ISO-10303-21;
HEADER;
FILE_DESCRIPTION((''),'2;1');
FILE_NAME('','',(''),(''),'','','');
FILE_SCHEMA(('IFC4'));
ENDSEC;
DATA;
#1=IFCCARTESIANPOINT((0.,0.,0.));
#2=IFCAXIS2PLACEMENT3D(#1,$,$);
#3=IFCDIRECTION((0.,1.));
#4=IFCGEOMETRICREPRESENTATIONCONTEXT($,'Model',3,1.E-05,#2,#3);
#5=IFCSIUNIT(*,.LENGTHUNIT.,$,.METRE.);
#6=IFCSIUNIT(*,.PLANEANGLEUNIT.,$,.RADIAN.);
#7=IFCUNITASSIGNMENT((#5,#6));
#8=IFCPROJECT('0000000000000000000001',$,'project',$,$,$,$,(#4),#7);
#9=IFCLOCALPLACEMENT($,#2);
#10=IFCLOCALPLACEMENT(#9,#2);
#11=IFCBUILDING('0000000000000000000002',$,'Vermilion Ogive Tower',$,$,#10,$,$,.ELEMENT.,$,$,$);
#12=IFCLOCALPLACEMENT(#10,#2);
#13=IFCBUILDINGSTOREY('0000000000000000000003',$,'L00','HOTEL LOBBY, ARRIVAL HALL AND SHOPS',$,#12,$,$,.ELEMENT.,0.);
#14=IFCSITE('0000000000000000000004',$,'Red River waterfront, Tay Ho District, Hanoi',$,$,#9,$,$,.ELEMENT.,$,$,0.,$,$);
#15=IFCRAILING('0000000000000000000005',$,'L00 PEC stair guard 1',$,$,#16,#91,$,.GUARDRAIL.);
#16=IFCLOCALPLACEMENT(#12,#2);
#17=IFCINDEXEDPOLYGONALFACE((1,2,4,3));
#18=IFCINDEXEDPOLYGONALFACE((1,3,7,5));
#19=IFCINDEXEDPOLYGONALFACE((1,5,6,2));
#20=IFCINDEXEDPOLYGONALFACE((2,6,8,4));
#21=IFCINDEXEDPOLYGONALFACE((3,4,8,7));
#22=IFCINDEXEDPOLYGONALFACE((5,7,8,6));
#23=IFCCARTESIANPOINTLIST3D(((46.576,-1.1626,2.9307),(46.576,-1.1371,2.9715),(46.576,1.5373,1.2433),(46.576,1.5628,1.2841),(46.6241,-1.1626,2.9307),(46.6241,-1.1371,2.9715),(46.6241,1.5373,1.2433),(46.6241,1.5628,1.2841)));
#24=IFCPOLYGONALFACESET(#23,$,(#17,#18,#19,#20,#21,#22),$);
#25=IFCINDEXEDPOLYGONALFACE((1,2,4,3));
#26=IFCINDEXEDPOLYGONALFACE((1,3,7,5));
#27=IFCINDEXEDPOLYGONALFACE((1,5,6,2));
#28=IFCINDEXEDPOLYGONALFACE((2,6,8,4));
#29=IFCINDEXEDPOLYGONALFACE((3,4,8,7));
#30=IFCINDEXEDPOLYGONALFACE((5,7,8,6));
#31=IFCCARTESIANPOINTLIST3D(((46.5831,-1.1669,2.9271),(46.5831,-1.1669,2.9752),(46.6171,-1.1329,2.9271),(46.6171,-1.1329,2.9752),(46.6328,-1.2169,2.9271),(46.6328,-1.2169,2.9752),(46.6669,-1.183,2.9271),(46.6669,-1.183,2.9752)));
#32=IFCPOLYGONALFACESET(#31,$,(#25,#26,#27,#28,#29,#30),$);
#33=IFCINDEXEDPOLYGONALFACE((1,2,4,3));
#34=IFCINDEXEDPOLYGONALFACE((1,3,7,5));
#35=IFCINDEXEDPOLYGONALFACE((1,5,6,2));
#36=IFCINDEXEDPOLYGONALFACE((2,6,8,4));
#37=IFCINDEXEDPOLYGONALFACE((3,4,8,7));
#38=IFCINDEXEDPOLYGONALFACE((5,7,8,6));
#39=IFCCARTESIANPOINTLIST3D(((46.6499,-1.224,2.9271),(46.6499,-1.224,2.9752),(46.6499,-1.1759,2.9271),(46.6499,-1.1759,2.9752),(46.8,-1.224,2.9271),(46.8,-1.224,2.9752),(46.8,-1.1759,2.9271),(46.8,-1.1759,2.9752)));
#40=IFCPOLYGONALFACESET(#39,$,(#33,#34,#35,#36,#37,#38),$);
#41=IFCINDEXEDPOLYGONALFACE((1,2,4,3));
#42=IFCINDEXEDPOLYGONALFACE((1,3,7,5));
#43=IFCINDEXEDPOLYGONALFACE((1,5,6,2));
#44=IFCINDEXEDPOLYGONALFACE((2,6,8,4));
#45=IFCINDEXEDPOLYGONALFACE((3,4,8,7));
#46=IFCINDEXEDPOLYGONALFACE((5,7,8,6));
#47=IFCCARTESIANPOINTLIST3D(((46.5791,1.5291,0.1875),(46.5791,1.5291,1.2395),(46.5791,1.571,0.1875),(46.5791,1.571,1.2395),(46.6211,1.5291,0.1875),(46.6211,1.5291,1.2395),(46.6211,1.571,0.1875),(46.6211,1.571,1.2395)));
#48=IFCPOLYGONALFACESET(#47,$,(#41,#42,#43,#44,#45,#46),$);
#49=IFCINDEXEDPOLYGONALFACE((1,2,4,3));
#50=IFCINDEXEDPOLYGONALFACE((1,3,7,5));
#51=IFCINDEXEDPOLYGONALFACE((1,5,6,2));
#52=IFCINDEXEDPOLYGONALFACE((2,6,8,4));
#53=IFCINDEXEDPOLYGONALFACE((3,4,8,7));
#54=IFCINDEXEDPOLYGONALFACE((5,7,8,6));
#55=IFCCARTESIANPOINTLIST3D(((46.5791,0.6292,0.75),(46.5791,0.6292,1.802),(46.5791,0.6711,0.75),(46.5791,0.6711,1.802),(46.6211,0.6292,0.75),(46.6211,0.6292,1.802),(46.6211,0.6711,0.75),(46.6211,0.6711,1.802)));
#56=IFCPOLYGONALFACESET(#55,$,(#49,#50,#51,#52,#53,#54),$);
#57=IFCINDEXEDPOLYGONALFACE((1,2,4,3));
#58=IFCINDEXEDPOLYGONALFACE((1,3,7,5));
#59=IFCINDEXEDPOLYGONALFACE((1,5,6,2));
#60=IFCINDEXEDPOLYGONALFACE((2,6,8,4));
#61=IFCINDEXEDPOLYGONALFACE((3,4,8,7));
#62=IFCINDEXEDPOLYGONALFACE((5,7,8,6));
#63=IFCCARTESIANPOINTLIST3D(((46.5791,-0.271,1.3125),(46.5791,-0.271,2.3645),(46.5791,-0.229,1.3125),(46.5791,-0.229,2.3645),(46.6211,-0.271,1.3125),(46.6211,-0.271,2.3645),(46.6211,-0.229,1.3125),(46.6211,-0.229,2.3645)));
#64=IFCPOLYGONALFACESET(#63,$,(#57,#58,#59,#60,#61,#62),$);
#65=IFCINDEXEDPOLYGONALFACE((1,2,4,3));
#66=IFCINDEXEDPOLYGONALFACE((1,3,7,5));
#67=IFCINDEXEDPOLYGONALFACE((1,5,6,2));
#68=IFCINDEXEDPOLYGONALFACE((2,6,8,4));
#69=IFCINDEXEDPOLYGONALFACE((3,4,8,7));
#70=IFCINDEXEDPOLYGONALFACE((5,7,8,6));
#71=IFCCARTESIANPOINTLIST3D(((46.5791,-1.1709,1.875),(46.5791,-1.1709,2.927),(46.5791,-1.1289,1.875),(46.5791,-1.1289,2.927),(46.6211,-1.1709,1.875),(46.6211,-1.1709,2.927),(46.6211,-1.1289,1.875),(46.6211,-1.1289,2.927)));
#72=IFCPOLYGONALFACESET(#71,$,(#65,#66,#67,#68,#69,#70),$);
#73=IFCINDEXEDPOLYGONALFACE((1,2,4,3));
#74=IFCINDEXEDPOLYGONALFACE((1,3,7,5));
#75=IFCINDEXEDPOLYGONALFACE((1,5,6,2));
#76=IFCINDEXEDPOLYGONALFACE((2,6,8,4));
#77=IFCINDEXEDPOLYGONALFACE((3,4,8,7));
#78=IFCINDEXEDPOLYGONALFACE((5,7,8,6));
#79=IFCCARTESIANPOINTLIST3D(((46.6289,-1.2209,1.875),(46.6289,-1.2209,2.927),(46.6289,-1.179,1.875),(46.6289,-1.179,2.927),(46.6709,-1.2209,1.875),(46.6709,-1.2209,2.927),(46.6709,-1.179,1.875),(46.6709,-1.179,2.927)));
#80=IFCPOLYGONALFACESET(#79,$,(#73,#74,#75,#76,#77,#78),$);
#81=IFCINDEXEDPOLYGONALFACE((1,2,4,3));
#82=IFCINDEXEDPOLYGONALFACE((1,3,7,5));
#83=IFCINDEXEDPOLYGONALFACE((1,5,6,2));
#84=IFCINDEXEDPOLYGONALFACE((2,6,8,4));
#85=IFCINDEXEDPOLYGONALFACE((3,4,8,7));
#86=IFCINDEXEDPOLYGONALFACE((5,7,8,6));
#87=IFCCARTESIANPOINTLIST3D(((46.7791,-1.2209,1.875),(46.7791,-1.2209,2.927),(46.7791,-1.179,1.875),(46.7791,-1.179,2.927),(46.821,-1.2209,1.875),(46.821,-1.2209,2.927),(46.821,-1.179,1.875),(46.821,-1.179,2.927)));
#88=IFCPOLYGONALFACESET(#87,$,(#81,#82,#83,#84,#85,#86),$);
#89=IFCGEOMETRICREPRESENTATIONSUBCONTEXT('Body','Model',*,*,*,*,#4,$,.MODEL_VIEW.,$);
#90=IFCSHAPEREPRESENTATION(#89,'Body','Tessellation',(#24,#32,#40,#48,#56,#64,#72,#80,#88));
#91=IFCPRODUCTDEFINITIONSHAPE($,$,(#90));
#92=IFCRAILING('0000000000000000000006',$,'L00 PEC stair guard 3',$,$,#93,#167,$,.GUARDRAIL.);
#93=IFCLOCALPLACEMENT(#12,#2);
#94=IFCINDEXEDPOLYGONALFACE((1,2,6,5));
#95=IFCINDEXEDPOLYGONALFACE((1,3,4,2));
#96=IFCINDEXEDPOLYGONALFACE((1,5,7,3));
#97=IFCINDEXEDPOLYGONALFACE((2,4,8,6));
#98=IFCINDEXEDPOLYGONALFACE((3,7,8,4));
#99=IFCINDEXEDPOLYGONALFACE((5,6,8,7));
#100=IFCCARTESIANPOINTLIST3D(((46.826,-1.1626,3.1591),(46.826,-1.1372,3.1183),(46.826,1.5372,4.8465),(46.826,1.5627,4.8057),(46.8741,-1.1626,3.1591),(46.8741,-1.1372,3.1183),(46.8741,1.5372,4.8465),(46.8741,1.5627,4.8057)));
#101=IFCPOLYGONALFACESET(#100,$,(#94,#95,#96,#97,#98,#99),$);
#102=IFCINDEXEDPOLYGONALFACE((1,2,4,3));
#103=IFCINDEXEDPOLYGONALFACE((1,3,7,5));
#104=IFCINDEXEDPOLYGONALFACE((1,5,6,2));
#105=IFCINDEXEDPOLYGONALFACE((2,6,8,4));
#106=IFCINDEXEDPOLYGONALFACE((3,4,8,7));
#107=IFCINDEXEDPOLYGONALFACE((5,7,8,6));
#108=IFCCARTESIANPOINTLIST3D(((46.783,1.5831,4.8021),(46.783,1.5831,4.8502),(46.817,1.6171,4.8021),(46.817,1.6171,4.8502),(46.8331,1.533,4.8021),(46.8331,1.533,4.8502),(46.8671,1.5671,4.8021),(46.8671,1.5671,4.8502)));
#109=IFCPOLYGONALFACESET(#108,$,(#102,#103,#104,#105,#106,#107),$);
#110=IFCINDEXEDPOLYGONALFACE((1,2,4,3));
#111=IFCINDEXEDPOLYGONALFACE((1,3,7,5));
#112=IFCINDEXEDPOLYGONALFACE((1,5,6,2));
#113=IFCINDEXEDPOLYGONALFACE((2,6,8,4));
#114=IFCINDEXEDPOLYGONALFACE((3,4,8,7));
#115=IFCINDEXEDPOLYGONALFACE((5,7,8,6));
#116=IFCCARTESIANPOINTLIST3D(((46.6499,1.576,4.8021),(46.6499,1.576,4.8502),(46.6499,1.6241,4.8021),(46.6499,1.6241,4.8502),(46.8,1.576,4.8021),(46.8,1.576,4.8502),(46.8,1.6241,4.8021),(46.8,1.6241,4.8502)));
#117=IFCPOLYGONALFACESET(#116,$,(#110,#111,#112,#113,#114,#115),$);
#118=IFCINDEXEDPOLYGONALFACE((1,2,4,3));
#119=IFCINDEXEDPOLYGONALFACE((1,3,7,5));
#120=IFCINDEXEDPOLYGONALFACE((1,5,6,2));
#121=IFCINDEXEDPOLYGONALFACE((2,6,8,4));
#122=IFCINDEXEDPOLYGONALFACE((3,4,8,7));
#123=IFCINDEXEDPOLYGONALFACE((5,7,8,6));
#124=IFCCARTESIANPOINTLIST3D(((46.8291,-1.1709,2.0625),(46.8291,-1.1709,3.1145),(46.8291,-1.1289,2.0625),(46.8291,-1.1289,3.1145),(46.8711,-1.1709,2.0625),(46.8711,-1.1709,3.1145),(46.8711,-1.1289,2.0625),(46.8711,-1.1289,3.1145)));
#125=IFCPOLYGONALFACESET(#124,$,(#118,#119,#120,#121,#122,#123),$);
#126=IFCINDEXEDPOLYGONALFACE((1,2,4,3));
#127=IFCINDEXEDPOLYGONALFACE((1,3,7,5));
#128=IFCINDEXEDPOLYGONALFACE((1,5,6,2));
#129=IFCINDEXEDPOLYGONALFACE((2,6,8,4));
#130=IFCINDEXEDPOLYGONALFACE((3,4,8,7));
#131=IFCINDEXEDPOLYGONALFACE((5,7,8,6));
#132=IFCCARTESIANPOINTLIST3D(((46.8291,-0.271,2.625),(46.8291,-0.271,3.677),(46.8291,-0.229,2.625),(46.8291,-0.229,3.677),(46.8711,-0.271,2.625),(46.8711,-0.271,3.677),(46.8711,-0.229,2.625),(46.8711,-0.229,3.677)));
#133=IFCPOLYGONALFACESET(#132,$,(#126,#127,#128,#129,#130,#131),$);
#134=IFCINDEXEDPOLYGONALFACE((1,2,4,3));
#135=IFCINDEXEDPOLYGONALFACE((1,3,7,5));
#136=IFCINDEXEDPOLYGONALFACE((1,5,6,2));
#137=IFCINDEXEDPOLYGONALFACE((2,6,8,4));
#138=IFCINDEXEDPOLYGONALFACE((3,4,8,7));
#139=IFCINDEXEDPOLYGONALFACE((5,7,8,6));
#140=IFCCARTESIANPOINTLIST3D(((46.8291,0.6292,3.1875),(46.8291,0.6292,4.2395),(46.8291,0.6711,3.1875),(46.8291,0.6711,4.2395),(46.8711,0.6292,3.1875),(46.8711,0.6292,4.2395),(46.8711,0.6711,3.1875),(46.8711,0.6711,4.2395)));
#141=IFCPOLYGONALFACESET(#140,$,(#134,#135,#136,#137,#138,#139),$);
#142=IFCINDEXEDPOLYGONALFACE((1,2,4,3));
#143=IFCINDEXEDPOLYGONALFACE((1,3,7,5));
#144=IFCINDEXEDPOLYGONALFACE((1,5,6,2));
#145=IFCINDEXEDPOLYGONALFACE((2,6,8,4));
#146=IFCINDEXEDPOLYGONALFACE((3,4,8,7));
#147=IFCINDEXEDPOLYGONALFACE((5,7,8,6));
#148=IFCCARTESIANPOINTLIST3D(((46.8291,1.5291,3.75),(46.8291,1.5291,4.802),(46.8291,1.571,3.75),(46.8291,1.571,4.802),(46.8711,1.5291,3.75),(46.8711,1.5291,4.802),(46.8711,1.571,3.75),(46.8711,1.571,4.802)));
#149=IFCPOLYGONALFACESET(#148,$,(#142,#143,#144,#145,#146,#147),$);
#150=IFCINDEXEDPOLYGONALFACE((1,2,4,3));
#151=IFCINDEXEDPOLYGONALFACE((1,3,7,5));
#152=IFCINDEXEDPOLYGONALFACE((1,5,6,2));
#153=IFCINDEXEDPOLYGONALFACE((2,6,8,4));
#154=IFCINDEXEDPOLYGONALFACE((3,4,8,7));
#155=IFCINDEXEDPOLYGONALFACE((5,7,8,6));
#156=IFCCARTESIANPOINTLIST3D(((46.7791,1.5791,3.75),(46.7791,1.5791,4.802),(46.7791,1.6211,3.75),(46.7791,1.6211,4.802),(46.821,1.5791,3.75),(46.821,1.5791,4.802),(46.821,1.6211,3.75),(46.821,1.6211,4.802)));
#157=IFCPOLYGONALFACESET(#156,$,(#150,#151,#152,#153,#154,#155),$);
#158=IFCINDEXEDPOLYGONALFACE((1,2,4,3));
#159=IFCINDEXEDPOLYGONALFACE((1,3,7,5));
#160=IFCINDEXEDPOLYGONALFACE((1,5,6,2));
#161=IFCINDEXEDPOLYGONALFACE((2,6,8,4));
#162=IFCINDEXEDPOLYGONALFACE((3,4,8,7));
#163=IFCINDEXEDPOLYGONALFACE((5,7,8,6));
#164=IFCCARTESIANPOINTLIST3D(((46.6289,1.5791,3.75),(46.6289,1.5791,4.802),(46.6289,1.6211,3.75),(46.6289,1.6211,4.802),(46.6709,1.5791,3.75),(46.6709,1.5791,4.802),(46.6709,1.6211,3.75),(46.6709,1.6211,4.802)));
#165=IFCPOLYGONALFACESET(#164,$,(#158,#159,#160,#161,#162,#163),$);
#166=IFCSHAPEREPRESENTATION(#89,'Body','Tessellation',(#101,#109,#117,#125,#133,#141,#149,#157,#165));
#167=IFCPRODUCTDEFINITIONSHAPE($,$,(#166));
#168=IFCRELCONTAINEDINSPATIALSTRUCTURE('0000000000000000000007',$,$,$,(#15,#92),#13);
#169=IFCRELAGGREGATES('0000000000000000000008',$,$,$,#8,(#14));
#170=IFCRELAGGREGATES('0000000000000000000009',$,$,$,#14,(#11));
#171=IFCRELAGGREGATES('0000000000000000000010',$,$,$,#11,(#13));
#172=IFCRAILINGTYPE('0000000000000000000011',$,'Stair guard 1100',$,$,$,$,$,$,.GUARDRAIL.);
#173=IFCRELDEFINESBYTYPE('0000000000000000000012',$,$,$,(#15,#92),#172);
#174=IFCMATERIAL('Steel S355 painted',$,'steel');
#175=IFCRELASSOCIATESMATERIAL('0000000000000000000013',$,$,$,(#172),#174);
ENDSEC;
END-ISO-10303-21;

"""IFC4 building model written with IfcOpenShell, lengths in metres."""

from ifc_helpers import new_model, si_unit, direction, frame, origin, origin_2d, place, context, subcontext, project, spatial, rectangle, extrude, material, type_object, element, save


model = new_model("IFC4")

# Units and contexts
model_context = context("Model", 3, precision=1e-05, world=origin(), true_north=direction((0.0, 1.0)))
body_context = subcontext(model_context, "Body", "Model", "MODEL_VIEW")
ifc_project = project(units=[si_unit("LENGTHUNIT", "METRE"), si_unit("PLANEANGLEUNIT", "RADIAN")], contexts=[model_context])

# Site, building, storey
site_placement = place(None, origin())
site = spatial("IfcSite", under=ifc_project, at=site_placement, Name="Red River waterfront, Tay Ho District, Hanoi", CompositionType="ELEMENT", RefElevation=0.0)
building_placement = place(site_placement, origin())
building = spatial("IfcBuilding", under=site, at=building_placement, Name="Vermilion Ogive Tower", CompositionType="ELEMENT")
storey_placement = place(building_placement, origin())
storey = spatial("IfcBuildingStorey", under=building, at=storey_placement, Name="L00", Description="HOTEL LOBBY, ARRIVAL HALL AND SHOPS", CompositionType="ELEMENT", Elevation=0.0)

# Railings
ifc_material_1 = material(Name="Steel S355 painted", Category="steel")
railing_type_1 = type_object("IfcRailingType", Name="Stair guard 1100", PredefinedType="GUARDRAIL", material=ifc_material_1)
railing_1_placement = place(storey_placement, frame((46.6001, 1.55, 0.1875)))
element("IfcRailing", 1, at=railing_1_placement, inside=storey, type_object=railing_type_1, Name="L00 PEC stair guard 1", PredefinedType="GUARDRAIL", context=body_context, shape_type="SweptSolid", body=[
    extrude(rectangle(XDim=0.0481, YDim=0.0481, at=origin_2d()), frame((0.0, 0.0, 1.0762), z_axis=(0.0, -0.847994, 0.530006), x_axis=(1.0, 0.0, 0.0)), (0.0, 0.0, 1.0), 3.1838),
    extrude(rectangle(XDim=0.0481, YDim=0.0481, at=origin_2d()), frame((0.0, -2.7, 2.7637), z_axis=(0.705376, -0.708834, 0.0), x_axis=(0.708834, 0.705376, 0.0)), (0.0, 0.0, 1.0), 0.0706),
    extrude(rectangle(XDim=0.0481, YDim=0.0481, at=origin_2d()), frame((0.0498, -2.75, 2.7637), z_axis=(1.0, 0.0, 0.0), x_axis=(0.0, 1.0, 0.0)), (0.0, 0.0, 1.0), 0.1501),
    extrude(rectangle(XDim=0.042, YDim=0.042, at=origin_2d()), origin(), (0.0, 0.0, 1.0), 1.052),
    extrude(rectangle(XDim=0.042, YDim=0.042, at=origin_2d()), frame((0.0, -0.8999, 0.5625)), (0.0, 0.0, 1.0), 1.052),
    extrude(rectangle(XDim=0.042, YDim=0.042, at=origin_2d()), frame((0.0, -1.8, 1.125)), (0.0, 0.0, 1.0), 1.052),
    extrude(rectangle(XDim=0.042, YDim=0.042, at=origin_2d()), frame((0.0, -2.7, 1.6875)), (0.0, 0.0, 1.0), 1.052),
    extrude(rectangle(XDim=0.042, YDim=0.042, at=origin_2d()), frame((0.0498, -2.75, 1.6875)), (0.0, 0.0, 1.0), 1.052),
    extrude(rectangle(XDim=0.042, YDim=0.042, at=origin_2d()), frame((0.2, -2.75, 1.6875)), (0.0, 0.0, 1.0), 1.052),
])
railing_2_placement = place(storey_placement, frame((46.8501, -1.1499, 2.0625)))
element("IfcRailing", 2, at=railing_2_placement, inside=storey, type_object=railing_type_1, Name="L00 PEC stair guard 3", PredefinedType="GUARDRAIL", context=body_context, shape_type="SweptSolid", body=[
    extrude(rectangle(XDim=0.0481, YDim=0.0481, at=origin_2d()), frame((0.0, 0.0, 1.0762), z_axis=(0.0, 0.847994, 0.530006), x_axis=(-1.0, 0.0, 0.0)), (0.0, 0.0, 1.0), 3.1838),
    extrude(rectangle(XDim=0.0481, YDim=0.0481, at=origin_2d()), frame((0.0, 2.7, 2.7637), z_axis=(-0.707107, 0.707107, 0.0), x_axis=(-0.707107, -0.707107, 0.0)), (0.0, 0.0, 1.0), 0.0708),
    extrude(rectangle(XDim=0.0481, YDim=0.0481, at=origin_2d()), frame((-0.05, 2.75, 2.7637), z_axis=(-1.0, 0.0, 0.0), x_axis=(0.0, -1.0, 0.0)), (0.0, 0.0, 1.0), 0.1501),
    extrude(rectangle(XDim=0.042, YDim=0.042, at=origin_2d()), origin(), (0.0, 0.0, 1.0), 1.052),
    extrude(rectangle(XDim=0.042, YDim=0.042, at=origin_2d()), frame((0.0, 0.8999, 0.5625)), (0.0, 0.0, 1.0), 1.052),
    extrude(rectangle(XDim=0.042, YDim=0.042, at=origin_2d()), frame((0.0, 1.8, 1.125)), (0.0, 0.0, 1.0), 1.052),
    extrude(rectangle(XDim=0.042, YDim=0.042, at=origin_2d()), frame((0.0, 2.7, 1.6875)), (0.0, 0.0, 1.0), 1.052),
    extrude(rectangle(XDim=0.042, YDim=0.042, at=origin_2d()), frame((-0.05, 2.75, 1.6875)), (0.0, 0.0, 1.0), 1.052),
    extrude(rectangle(XDim=0.042, YDim=0.042, at=origin_2d()), frame((-0.2002, 2.75, 1.6875)), (0.0, 0.0, 1.0), 1.052),
])

save(model, "model.ifc")
